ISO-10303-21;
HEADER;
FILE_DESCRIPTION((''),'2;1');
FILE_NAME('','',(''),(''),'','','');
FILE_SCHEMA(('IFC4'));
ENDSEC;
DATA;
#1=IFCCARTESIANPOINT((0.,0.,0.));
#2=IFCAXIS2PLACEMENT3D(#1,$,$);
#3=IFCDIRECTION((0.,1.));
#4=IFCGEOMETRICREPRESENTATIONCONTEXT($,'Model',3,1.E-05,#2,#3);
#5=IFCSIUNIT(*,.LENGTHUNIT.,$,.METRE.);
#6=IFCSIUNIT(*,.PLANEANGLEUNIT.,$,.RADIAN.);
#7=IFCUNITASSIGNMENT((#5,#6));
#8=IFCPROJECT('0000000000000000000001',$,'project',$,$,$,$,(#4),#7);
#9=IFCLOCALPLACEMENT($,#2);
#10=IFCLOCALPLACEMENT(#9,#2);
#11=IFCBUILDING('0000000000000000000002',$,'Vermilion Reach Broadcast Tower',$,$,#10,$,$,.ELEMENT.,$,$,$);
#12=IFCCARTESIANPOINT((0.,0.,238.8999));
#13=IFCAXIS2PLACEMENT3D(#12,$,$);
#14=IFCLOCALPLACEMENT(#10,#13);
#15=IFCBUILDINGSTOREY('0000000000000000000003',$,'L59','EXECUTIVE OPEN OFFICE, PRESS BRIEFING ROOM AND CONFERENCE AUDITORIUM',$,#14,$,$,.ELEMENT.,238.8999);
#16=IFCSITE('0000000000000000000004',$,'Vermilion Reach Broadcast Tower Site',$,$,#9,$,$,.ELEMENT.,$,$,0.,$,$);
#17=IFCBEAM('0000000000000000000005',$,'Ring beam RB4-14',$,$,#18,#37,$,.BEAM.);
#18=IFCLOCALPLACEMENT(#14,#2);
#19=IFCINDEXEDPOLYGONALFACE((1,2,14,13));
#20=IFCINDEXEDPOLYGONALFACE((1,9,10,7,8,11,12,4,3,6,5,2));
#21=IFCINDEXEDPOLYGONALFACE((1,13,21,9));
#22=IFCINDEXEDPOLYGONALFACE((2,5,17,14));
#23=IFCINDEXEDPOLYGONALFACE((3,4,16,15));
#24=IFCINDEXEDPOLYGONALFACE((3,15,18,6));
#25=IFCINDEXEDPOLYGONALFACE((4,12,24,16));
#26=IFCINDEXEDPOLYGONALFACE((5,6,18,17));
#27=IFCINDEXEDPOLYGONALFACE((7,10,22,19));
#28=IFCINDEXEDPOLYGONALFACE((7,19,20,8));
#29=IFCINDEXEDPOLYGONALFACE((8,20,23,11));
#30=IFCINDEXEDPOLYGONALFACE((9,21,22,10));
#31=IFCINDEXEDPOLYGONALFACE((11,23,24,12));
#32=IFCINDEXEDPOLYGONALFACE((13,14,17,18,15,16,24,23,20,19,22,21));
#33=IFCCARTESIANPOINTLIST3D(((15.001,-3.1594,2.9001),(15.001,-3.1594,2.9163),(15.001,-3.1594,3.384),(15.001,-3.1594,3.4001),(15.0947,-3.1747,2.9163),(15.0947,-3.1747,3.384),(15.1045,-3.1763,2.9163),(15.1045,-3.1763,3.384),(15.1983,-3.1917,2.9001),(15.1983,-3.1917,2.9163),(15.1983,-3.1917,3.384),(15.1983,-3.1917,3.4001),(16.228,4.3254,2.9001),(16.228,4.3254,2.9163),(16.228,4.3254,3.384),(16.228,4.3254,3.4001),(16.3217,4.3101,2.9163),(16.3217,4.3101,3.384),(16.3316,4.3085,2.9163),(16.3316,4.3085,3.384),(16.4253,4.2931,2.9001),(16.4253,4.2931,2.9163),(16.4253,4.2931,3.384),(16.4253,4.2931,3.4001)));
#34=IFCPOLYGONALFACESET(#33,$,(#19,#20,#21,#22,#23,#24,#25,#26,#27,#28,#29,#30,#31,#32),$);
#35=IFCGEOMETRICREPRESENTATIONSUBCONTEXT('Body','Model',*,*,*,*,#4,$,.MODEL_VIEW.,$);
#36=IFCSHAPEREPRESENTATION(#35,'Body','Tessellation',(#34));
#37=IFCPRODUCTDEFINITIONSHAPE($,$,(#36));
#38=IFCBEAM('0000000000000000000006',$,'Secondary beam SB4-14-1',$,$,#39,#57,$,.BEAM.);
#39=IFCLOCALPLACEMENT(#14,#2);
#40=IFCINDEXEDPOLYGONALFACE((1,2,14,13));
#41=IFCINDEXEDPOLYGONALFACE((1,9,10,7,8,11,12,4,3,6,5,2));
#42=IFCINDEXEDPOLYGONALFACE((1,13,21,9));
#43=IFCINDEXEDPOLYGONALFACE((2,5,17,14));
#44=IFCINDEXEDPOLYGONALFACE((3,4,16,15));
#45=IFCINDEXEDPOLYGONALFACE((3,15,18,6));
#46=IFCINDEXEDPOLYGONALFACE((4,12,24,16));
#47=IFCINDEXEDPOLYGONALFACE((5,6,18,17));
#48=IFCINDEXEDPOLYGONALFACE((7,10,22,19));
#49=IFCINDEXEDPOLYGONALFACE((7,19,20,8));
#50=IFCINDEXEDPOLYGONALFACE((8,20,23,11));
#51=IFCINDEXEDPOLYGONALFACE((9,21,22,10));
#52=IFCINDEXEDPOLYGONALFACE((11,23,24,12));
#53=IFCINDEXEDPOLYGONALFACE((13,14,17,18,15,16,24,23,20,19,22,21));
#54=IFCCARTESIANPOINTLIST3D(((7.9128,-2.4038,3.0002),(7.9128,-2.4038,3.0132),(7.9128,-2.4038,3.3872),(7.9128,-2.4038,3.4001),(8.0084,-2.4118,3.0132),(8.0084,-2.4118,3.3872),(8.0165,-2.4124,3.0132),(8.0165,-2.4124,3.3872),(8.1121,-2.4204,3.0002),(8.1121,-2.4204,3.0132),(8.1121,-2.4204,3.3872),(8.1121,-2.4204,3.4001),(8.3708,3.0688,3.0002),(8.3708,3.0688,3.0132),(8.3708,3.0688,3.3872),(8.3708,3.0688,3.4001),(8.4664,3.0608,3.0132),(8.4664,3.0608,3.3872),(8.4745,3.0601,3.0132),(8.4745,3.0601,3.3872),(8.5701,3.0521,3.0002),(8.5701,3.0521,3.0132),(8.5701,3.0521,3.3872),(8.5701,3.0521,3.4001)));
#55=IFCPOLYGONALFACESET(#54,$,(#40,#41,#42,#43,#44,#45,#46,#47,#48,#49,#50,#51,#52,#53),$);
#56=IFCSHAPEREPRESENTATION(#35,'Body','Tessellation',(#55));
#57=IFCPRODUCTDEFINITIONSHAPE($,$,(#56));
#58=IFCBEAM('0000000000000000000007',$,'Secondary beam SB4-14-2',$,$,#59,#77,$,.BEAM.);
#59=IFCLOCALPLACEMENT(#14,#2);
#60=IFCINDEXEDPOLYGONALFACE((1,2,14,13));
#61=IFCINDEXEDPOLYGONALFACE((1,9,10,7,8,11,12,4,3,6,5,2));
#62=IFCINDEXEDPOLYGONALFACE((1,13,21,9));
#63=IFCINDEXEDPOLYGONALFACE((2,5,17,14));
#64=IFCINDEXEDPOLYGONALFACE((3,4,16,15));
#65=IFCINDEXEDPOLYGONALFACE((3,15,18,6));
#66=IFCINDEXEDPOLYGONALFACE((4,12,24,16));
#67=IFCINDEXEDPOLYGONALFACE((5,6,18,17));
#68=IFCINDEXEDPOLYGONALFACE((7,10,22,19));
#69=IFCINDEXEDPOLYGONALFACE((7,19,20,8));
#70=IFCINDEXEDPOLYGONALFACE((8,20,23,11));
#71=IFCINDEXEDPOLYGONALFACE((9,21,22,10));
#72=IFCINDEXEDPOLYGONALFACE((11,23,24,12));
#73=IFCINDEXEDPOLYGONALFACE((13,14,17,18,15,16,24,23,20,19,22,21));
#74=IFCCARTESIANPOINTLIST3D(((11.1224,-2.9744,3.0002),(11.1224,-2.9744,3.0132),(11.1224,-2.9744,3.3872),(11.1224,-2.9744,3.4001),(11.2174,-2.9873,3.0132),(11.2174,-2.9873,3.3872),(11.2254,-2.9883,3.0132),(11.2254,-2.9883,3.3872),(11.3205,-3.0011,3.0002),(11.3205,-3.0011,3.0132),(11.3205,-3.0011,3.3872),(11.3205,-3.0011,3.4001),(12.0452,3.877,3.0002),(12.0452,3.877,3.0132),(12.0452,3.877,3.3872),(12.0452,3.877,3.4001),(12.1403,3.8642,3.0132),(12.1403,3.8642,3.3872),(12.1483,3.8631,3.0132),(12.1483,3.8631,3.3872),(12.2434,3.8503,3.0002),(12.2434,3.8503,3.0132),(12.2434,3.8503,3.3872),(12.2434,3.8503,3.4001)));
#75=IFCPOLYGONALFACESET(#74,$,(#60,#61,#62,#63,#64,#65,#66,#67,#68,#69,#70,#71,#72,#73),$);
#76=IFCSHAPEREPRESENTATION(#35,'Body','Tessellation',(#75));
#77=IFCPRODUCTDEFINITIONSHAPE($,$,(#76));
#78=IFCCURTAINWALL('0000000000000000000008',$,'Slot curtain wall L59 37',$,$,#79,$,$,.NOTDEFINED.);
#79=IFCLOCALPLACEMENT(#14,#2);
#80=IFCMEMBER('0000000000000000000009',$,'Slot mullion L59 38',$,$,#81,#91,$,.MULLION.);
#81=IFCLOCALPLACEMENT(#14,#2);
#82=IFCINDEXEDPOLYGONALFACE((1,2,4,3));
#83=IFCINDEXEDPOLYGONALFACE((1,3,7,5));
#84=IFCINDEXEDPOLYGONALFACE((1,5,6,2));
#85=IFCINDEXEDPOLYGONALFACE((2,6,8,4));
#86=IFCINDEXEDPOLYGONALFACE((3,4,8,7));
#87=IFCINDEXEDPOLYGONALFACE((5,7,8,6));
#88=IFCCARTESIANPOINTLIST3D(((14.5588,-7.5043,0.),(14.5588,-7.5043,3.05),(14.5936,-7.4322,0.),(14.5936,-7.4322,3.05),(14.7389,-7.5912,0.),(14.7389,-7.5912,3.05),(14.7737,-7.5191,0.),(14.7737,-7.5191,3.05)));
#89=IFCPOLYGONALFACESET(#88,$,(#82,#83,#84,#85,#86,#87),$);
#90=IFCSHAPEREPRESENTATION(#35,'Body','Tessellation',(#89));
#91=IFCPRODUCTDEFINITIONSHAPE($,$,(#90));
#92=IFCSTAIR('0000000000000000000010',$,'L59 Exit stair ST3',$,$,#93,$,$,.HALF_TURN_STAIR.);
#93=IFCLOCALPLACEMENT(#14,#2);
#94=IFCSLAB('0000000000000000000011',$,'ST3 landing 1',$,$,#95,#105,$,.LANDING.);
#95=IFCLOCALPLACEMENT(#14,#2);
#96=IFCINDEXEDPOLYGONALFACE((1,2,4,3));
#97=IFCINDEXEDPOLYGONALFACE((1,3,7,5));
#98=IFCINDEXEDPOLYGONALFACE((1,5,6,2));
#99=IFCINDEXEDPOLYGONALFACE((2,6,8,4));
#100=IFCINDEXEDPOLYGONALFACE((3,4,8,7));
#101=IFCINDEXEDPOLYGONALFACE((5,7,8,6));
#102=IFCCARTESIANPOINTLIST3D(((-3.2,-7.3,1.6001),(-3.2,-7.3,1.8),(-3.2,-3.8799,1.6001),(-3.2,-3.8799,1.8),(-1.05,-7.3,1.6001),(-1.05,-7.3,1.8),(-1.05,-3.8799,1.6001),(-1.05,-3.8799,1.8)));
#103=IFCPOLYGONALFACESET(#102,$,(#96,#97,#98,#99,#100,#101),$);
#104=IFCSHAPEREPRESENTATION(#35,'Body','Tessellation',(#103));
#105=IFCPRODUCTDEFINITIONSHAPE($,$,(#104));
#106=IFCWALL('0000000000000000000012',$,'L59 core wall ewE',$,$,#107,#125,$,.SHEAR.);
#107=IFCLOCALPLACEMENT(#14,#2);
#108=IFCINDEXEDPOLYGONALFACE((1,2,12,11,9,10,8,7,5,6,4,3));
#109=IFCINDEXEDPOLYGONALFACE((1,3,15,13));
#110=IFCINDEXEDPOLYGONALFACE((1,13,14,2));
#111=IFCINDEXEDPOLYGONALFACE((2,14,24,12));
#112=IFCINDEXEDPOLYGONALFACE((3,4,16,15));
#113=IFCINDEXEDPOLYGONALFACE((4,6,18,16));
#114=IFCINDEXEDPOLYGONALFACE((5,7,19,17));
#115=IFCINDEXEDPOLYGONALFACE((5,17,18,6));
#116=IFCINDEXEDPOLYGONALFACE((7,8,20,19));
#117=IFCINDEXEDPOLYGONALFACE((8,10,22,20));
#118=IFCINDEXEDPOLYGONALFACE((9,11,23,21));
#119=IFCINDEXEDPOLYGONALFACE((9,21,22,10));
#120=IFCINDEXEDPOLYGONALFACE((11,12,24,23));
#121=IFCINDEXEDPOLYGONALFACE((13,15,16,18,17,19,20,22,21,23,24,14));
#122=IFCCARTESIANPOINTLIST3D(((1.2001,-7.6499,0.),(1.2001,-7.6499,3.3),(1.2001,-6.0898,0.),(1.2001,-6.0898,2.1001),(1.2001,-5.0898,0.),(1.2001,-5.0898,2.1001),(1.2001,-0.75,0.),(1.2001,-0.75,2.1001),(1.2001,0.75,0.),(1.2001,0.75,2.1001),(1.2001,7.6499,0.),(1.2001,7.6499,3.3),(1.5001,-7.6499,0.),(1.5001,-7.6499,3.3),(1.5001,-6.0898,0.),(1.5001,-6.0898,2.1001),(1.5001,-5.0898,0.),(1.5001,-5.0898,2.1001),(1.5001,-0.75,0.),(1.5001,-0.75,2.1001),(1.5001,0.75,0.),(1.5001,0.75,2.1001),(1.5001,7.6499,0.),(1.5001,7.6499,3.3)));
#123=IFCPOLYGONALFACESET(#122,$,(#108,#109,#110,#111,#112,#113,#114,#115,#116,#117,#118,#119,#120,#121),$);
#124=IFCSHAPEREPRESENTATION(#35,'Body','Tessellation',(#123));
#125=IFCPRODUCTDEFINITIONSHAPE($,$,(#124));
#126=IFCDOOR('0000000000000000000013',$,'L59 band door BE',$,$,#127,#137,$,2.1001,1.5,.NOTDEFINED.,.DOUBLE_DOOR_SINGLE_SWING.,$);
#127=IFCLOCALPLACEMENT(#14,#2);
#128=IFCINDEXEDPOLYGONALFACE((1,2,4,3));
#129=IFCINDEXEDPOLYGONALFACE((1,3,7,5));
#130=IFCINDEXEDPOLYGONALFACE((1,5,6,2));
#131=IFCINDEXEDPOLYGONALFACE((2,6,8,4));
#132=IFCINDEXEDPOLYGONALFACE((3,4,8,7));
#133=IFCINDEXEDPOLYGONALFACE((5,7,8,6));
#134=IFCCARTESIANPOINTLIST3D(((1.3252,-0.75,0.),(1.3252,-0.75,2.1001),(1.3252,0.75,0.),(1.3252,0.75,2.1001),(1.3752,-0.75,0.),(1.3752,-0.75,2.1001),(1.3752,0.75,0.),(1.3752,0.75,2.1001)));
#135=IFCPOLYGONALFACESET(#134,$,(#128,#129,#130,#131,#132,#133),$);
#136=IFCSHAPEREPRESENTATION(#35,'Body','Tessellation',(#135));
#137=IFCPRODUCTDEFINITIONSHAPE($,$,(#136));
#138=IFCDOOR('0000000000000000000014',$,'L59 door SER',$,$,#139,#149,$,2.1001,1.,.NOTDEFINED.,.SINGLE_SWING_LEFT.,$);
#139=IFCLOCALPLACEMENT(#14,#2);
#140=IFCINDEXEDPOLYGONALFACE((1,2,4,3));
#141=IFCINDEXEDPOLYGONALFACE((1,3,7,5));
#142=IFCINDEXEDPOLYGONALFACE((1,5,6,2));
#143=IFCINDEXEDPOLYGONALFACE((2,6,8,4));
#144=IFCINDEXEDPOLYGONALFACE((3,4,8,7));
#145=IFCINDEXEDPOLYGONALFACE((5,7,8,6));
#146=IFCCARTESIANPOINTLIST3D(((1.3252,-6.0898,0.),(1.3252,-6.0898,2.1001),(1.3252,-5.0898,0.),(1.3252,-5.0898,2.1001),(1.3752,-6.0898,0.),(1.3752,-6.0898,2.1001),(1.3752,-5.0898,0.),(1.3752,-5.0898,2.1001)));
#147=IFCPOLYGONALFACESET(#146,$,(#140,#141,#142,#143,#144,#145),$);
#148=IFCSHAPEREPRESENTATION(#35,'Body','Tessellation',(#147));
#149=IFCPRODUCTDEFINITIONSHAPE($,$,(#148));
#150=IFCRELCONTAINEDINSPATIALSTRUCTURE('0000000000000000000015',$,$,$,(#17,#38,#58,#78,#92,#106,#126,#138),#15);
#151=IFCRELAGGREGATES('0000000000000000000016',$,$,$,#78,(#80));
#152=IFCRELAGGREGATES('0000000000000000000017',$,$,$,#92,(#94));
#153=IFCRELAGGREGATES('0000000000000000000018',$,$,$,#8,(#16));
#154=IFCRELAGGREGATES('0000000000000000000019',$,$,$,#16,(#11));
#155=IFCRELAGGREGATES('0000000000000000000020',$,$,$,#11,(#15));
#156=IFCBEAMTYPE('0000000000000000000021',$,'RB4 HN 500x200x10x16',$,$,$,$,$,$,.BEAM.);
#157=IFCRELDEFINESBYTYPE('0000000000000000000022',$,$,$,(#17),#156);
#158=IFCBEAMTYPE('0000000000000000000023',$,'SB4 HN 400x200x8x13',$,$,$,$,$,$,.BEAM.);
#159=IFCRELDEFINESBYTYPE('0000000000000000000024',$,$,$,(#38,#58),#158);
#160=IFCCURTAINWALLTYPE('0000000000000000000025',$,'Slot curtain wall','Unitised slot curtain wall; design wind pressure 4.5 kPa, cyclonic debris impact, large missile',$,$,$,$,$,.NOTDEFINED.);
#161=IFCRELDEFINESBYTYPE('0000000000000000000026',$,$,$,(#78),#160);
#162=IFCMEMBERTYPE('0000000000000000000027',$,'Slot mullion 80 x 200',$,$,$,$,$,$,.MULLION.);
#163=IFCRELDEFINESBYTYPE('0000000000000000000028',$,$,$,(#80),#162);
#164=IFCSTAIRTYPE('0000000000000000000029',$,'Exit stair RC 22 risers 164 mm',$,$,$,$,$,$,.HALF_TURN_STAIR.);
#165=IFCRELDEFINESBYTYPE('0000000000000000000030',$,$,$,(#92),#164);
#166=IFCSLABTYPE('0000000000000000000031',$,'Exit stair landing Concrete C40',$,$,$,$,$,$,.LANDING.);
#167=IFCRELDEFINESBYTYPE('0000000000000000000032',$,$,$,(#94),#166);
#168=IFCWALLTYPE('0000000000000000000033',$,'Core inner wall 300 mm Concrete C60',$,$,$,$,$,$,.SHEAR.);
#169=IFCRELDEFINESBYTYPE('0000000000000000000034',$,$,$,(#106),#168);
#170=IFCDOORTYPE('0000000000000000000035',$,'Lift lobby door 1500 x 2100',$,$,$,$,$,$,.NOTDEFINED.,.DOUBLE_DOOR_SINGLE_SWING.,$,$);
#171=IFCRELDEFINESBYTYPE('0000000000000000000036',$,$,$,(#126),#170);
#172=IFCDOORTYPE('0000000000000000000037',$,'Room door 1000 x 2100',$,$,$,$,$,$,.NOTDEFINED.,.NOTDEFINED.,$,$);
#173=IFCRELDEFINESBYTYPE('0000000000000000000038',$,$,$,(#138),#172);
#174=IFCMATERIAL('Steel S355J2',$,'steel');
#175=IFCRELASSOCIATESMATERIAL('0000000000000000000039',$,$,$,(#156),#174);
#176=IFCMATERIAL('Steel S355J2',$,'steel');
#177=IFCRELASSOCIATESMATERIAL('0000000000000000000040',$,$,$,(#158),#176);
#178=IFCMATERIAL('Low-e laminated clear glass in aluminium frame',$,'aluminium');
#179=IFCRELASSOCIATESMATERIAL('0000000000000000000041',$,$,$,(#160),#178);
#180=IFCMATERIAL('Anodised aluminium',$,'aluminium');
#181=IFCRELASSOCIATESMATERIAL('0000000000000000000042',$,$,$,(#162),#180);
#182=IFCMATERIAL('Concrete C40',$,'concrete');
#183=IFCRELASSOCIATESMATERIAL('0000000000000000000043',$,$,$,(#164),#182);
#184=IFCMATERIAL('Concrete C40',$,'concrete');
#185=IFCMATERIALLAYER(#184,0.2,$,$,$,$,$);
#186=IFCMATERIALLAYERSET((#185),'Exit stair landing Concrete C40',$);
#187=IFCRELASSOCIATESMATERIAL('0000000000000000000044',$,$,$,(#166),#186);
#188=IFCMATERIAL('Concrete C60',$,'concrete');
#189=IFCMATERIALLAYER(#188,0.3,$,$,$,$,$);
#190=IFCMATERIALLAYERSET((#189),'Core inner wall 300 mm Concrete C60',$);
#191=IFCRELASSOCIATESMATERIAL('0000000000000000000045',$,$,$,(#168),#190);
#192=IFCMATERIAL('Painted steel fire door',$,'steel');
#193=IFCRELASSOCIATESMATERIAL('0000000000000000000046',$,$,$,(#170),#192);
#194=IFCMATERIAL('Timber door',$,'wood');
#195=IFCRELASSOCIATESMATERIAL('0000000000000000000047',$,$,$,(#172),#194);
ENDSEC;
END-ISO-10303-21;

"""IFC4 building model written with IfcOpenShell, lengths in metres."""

from ifc_helpers import new_model, si_unit, direction, frame, frame_2d, origin, origin_2d, place, context, subcontext, project, spatial, polyline, rectangle, i_section, outline, extrude, material, layer, layer_set, material_profile, profile_set, type_object, element, fill, aggregate, save


model = new_model("IFC4")

# Units and contexts
model_context = context("Model", 3, precision=1e-05, world=origin(), true_north=direction((0.0, 1.0)))
body_context = subcontext(model_context, "Body", "Model", "MODEL_VIEW")
ifc_project = project(units=[si_unit("LENGTHUNIT", "METRE"), si_unit("PLANEANGLEUNIT", "RADIAN")], contexts=[model_context])

# Site, building, storey
site_placement = place(None, origin())
site = spatial("IfcSite", under=ifc_project, at=site_placement, Name="Vermilion Reach Broadcast Tower Site", CompositionType="ELEMENT", RefElevation=0.0)
building_placement = place(site_placement, origin())
building = spatial("IfcBuilding", under=site, at=building_placement, Name="Vermilion Reach Broadcast Tower", CompositionType="ELEMENT")
storey_placement = place(building_placement, frame((0.0, 0.0, 238.8999)))
storey = spatial("IfcBuildingStorey", under=building, at=storey_placement, Name="L59", Description="EXECUTIVE OPEN OFFICE, PRESS BRIEFING ROOM AND CONFERENCE AUDITORIUM", CompositionType="ELEMENT", Elevation=238.8999)

# Beams
ifc_material_1 = material(Name="Steel S355J2", Category="steel")
ifc_material_profile_1 = material_profile(ifc_material_1, i_section(OverallWidth=0.2, OverallDepth=0.5, WebThickness=0.01, FlangeThickness=0.0161, at=origin_2d()), Name="S355J2 HN 500x200x10x16")
ifc_profile_set_1 = profile_set([ifc_material_profile_1], Name="Steel S355J2")
beam_type_1 = type_object("IfcBeamType", Name="RB4 HN 500x200x10x16", PredefinedType="BEAM", material=ifc_profile_set_1)
beam_1_placement = place(storey_placement, frame((15.0996, -3.1755, 3.1501), z_axis=(0.161778, 0.986827, 0.0), x_axis=(-0.986827, 0.161778, 0.0)))
element("IfcBeam", 1, at=beam_1_placement, inside=storey, type_object=beam_type_1, Name="Ring beam RB4-14", PredefinedType="BEAM", context=body_context, shape_type="SweptSolid", body=[
    extrude(i_section(OverallWidth=0.2, OverallDepth=0.5, WebThickness=0.01, FlangeThickness=0.0161, at=origin_2d()), origin(), (0.0, 0.0, 1.0), 7.5847),
])
ifc_material_2 = material(Name="Steel S355J2", Category="steel")
ifc_material_profile_2 = material_profile(ifc_material_2, i_section(OverallWidth=0.2, OverallDepth=0.3999, WebThickness=0.0081, FlangeThickness=0.0129, at=origin_2d()), Name="S355J2 HN 400x200x8x13")
ifc_profile_set_2 = profile_set([ifc_material_profile_2], Name="Steel S355J2")
beam_type_2 = type_object("IfcBeamType", Name="SB4 HN 400x200x8x13", PredefinedType="BEAM", material=ifc_profile_set_2)
beam_2_placement = place(storey_placement, frame((8.0125, -2.4121, 3.2002), z_axis=(0.083399, 0.996516, 0.0), x_axis=(-0.996516, 0.083399, 0.0)))
element("IfcBeam", 2, at=beam_2_placement, inside=storey, type_object=beam_type_2, Name="Secondary beam SB4-14-1", PredefinedType="BEAM", context=body_context, shape_type="SweptSolid", body=[
    extrude(i_section(OverallWidth=0.2, OverallDepth=0.3999, WebThickness=0.0081, FlangeThickness=0.0129, at=origin_2d()), origin(), (0.0, 0.0, 1.0), 5.4917),
])
beam_3_placement = place(storey_placement, frame((11.2214, -2.9878, 3.2002), z_axis=(0.133487, 0.991051, 0.0), x_axis=(-0.991051, 0.133487, 0.0)))
element("IfcBeam", 3, at=beam_3_placement, inside=storey, type_object=beam_type_2, Name="Secondary beam SB4-14-2", PredefinedType="BEAM", context=body_context, shape_type="SweptSolid", body=[
    extrude(i_section(OverallWidth=0.2, OverallDepth=0.3999, WebThickness=0.0081, FlangeThickness=0.0129, at=origin_2d()), origin(), (0.0, 0.0, 1.0), 6.9133),
])

# Curtain wall, member
ifc_material_3 = material(Name="Low-e laminated clear glass in aluminium frame", Category="aluminium")
curtain_wall_type = type_object("IfcCurtainWallType", Name="Slot curtain wall", Description="Unitised slot curtain wall; design wind pressure 4.5 kPa, cyclonic debris impact, large missile", PredefinedType="NOTDEFINED", material=ifc_material_3)
placement = place(storey_placement, origin())
curtain_wall = element("IfcCurtainWall", 4, at=placement, inside=storey, type_object=curtain_wall_type, Name="Slot curtain wall L59 37", PredefinedType="NOTDEFINED")
ifc_material_4 = material(Name="Anodised aluminium", Category="aluminium")
ifc_material_profile_3 = material_profile(ifc_material_4, rectangle(XDim=0.2, YDim=0.0801, at=origin_2d()), Name="Slot mullion 80 x 200")
ifc_profile_set_3 = profile_set([ifc_material_profile_3], Name="Anodised aluminium")
member_type = type_object("IfcMemberType", Name="Slot mullion 80 x 200", PredefinedType="MULLION", material=ifc_profile_set_3)
member_placement = place(storey_placement, frame((14.6663, -7.5117, 0.0), z_axis=(0.0, 0.0, 1.0), x_axis=(-0.90063, 0.434587, 0.0)))
member = element("IfcMember", 5, at=member_placement, type_object=member_type, Name="Slot mullion L59 38", PredefinedType="MULLION", context=body_context, shape_type="SweptSolid", body=[
    extrude(rectangle(XDim=0.2, YDim=0.0801, at=origin_2d()), origin(), (0.0, 0.0, 1.0), 3.05),
])
aggregate(curtain_wall, [member])

# Stair, slab
ifc_material_5 = material(Name="Concrete C40", Category="concrete")
stair_type = type_object("IfcStairType", Name="Exit stair RC 22 risers 164 mm", PredefinedType="HALF_TURN_STAIR", material=ifc_material_5)
stair = element("IfcStair", 6, at=placement, inside=storey, type_object=stair_type, Name="L59 Exit stair ST3", PredefinedType="HALF_TURN_STAIR")
ifc_material_6 = material(Name="Concrete C40", Category="concrete")
ifc_layer_1 = layer(ifc_material_6, 0.2)
ifc_layer_set_1 = layer_set([ifc_layer_1], Name="Exit stair landing Concrete C40")
slab_type = type_object("IfcSlabType", Name="Exit stair landing Concrete C40", PredefinedType="LANDING", material=ifc_layer_set_1)
slab_placement = place(storey_placement, frame((0.0, 0.0, 1.6001)))
slab = element("IfcSlab", 7, at=slab_placement, type_object=slab_type, Name="ST3 landing 1", PredefinedType="LANDING", context=body_context, shape_type="SweptSolid", body=[
    extrude(outline(polyline([(-3.2, -7.3), (-1.05, -7.3), (-1.05, -3.8799), (-3.2, -3.8799), (-3.2, -7.3)])), origin(), (0.0, 0.0, 1.0), 0.2),
])
aggregate(stair, [slab])

# Wall, openings, doors
ifc_material_7 = material(Name="Concrete C60", Category="concrete")
ifc_layer_2 = layer(ifc_material_7, 0.3)
ifc_layer_set_2 = layer_set([ifc_layer_2], Name="Core inner wall 300 mm Concrete C60")
wall_type_1 = type_object("IfcWallType", Name="Core inner wall 300 mm Concrete C60", PredefinedType="SHEAR", material=ifc_layer_set_2)
wall_1_placement = place(storey_placement, frame((1.3501, -7.6499, 0.0), z_axis=(0.0, 0.0, 1.0), x_axis=(0.0, 1.0, 0.0)))
wall_1 = element("IfcWall", 8, at=wall_1_placement, inside=storey, type_object=wall_type_1, Name="L59 core wall ewE", PredefinedType="SHEAR", context=body_context, shape_type="SweptSolid", body=[
    extrude(rectangle(XDim=15.2998, YDim=0.3, at=frame_2d((7.6499, 0.0))), origin(), (0.0, 0.0, 1.0), 3.3),
])
opening_1_placement = place(wall_1_placement, frame((1.5601, 0.0, 0.0)))
opening_1 = element("IfcOpeningElement", 9, at=opening_1_placement, cuts=wall_1, PredefinedType="OPENING", context=body_context, shape_type="SweptSolid", body=[
    extrude(rectangle(XDim=1.0, YDim=2.1001, at=frame_2d((0.5, 1.05))), frame((0.0, 0.1599, 0.0), z_axis=(0.0, -1.0, 0.0), x_axis=(1.0, 0.0, 0.0)), (0.0, 0.0, 1.0), 0.3201),
])
opening_2_placement = place(wall_1_placement, frame((6.8999, 0.0, 0.0)))
opening_2 = element("IfcOpeningElement", 10, at=opening_2_placement, cuts=wall_1, PredefinedType="OPENING", context=body_context, shape_type="SweptSolid", body=[
    extrude(rectangle(XDim=1.5, YDim=2.1001, at=frame_2d((0.75, 1.05))), frame((0.0, 0.1599, 0.0), z_axis=(0.0, -1.0, 0.0), x_axis=(1.0, 0.0, 0.0)), (0.0, 0.0, 1.0), 0.3201),
])
ifc_material_8 = material(Name="Painted steel fire door", Category="steel")
door_type_1 = type_object("IfcDoorType", Name="Lift lobby door 1500 x 2100", OperationType="DOUBLE_DOOR_SINGLE_SWING", PredefinedType="NOTDEFINED", material=ifc_material_8)
door_1_placement = place(opening_2_placement, origin())
door_1 = element("IfcDoor", 11, at=door_1_placement, inside=storey, type_object=door_type_1, Name="L59 band door BE", OperationType="DOUBLE_DOOR_SINGLE_SWING", OverallHeight=2.1001, OverallWidth=1.5, PredefinedType="NOTDEFINED", context=body_context, shape_type="SweptSolid", body=[
    extrude(rectangle(XDim=1.5, YDim=2.1001, at=frame_2d((0.75, 1.05))), frame((0.0, 0.0249, 0.0), z_axis=(0.0, -1.0, 0.0), x_axis=(1.0, 0.0, 0.0)), (0.0, 0.0, 1.0), 0.05),
])
fill(opening_2, door_1)
ifc_material_9 = material(Name="Timber door", Category="wood")
door_type_2 = type_object("IfcDoorType", Name="Room door 1000 x 2100", OperationType="NOTDEFINED", PredefinedType="NOTDEFINED", material=ifc_material_9)
door_2_placement = place(opening_1_placement, origin())
door_2 = element("IfcDoor", 12, at=door_2_placement, inside=storey, type_object=door_type_2, Name="L59 door SER", OperationType="SINGLE_SWING_LEFT", OverallHeight=2.1001, OverallWidth=1.0, PredefinedType="NOTDEFINED", context=body_context, shape_type="SweptSolid", body=[
    extrude(rectangle(XDim=1.0, YDim=2.1001, at=frame_2d((0.5, 1.05))), frame((0.0, 0.0249, 0.0), z_axis=(0.0, -1.0, 0.0), x_axis=(1.0, 0.0, 0.0)), (0.0, 0.0, 1.0), 0.05),
])
fill(opening_1, door_2)

save(model, "model.ifc")
